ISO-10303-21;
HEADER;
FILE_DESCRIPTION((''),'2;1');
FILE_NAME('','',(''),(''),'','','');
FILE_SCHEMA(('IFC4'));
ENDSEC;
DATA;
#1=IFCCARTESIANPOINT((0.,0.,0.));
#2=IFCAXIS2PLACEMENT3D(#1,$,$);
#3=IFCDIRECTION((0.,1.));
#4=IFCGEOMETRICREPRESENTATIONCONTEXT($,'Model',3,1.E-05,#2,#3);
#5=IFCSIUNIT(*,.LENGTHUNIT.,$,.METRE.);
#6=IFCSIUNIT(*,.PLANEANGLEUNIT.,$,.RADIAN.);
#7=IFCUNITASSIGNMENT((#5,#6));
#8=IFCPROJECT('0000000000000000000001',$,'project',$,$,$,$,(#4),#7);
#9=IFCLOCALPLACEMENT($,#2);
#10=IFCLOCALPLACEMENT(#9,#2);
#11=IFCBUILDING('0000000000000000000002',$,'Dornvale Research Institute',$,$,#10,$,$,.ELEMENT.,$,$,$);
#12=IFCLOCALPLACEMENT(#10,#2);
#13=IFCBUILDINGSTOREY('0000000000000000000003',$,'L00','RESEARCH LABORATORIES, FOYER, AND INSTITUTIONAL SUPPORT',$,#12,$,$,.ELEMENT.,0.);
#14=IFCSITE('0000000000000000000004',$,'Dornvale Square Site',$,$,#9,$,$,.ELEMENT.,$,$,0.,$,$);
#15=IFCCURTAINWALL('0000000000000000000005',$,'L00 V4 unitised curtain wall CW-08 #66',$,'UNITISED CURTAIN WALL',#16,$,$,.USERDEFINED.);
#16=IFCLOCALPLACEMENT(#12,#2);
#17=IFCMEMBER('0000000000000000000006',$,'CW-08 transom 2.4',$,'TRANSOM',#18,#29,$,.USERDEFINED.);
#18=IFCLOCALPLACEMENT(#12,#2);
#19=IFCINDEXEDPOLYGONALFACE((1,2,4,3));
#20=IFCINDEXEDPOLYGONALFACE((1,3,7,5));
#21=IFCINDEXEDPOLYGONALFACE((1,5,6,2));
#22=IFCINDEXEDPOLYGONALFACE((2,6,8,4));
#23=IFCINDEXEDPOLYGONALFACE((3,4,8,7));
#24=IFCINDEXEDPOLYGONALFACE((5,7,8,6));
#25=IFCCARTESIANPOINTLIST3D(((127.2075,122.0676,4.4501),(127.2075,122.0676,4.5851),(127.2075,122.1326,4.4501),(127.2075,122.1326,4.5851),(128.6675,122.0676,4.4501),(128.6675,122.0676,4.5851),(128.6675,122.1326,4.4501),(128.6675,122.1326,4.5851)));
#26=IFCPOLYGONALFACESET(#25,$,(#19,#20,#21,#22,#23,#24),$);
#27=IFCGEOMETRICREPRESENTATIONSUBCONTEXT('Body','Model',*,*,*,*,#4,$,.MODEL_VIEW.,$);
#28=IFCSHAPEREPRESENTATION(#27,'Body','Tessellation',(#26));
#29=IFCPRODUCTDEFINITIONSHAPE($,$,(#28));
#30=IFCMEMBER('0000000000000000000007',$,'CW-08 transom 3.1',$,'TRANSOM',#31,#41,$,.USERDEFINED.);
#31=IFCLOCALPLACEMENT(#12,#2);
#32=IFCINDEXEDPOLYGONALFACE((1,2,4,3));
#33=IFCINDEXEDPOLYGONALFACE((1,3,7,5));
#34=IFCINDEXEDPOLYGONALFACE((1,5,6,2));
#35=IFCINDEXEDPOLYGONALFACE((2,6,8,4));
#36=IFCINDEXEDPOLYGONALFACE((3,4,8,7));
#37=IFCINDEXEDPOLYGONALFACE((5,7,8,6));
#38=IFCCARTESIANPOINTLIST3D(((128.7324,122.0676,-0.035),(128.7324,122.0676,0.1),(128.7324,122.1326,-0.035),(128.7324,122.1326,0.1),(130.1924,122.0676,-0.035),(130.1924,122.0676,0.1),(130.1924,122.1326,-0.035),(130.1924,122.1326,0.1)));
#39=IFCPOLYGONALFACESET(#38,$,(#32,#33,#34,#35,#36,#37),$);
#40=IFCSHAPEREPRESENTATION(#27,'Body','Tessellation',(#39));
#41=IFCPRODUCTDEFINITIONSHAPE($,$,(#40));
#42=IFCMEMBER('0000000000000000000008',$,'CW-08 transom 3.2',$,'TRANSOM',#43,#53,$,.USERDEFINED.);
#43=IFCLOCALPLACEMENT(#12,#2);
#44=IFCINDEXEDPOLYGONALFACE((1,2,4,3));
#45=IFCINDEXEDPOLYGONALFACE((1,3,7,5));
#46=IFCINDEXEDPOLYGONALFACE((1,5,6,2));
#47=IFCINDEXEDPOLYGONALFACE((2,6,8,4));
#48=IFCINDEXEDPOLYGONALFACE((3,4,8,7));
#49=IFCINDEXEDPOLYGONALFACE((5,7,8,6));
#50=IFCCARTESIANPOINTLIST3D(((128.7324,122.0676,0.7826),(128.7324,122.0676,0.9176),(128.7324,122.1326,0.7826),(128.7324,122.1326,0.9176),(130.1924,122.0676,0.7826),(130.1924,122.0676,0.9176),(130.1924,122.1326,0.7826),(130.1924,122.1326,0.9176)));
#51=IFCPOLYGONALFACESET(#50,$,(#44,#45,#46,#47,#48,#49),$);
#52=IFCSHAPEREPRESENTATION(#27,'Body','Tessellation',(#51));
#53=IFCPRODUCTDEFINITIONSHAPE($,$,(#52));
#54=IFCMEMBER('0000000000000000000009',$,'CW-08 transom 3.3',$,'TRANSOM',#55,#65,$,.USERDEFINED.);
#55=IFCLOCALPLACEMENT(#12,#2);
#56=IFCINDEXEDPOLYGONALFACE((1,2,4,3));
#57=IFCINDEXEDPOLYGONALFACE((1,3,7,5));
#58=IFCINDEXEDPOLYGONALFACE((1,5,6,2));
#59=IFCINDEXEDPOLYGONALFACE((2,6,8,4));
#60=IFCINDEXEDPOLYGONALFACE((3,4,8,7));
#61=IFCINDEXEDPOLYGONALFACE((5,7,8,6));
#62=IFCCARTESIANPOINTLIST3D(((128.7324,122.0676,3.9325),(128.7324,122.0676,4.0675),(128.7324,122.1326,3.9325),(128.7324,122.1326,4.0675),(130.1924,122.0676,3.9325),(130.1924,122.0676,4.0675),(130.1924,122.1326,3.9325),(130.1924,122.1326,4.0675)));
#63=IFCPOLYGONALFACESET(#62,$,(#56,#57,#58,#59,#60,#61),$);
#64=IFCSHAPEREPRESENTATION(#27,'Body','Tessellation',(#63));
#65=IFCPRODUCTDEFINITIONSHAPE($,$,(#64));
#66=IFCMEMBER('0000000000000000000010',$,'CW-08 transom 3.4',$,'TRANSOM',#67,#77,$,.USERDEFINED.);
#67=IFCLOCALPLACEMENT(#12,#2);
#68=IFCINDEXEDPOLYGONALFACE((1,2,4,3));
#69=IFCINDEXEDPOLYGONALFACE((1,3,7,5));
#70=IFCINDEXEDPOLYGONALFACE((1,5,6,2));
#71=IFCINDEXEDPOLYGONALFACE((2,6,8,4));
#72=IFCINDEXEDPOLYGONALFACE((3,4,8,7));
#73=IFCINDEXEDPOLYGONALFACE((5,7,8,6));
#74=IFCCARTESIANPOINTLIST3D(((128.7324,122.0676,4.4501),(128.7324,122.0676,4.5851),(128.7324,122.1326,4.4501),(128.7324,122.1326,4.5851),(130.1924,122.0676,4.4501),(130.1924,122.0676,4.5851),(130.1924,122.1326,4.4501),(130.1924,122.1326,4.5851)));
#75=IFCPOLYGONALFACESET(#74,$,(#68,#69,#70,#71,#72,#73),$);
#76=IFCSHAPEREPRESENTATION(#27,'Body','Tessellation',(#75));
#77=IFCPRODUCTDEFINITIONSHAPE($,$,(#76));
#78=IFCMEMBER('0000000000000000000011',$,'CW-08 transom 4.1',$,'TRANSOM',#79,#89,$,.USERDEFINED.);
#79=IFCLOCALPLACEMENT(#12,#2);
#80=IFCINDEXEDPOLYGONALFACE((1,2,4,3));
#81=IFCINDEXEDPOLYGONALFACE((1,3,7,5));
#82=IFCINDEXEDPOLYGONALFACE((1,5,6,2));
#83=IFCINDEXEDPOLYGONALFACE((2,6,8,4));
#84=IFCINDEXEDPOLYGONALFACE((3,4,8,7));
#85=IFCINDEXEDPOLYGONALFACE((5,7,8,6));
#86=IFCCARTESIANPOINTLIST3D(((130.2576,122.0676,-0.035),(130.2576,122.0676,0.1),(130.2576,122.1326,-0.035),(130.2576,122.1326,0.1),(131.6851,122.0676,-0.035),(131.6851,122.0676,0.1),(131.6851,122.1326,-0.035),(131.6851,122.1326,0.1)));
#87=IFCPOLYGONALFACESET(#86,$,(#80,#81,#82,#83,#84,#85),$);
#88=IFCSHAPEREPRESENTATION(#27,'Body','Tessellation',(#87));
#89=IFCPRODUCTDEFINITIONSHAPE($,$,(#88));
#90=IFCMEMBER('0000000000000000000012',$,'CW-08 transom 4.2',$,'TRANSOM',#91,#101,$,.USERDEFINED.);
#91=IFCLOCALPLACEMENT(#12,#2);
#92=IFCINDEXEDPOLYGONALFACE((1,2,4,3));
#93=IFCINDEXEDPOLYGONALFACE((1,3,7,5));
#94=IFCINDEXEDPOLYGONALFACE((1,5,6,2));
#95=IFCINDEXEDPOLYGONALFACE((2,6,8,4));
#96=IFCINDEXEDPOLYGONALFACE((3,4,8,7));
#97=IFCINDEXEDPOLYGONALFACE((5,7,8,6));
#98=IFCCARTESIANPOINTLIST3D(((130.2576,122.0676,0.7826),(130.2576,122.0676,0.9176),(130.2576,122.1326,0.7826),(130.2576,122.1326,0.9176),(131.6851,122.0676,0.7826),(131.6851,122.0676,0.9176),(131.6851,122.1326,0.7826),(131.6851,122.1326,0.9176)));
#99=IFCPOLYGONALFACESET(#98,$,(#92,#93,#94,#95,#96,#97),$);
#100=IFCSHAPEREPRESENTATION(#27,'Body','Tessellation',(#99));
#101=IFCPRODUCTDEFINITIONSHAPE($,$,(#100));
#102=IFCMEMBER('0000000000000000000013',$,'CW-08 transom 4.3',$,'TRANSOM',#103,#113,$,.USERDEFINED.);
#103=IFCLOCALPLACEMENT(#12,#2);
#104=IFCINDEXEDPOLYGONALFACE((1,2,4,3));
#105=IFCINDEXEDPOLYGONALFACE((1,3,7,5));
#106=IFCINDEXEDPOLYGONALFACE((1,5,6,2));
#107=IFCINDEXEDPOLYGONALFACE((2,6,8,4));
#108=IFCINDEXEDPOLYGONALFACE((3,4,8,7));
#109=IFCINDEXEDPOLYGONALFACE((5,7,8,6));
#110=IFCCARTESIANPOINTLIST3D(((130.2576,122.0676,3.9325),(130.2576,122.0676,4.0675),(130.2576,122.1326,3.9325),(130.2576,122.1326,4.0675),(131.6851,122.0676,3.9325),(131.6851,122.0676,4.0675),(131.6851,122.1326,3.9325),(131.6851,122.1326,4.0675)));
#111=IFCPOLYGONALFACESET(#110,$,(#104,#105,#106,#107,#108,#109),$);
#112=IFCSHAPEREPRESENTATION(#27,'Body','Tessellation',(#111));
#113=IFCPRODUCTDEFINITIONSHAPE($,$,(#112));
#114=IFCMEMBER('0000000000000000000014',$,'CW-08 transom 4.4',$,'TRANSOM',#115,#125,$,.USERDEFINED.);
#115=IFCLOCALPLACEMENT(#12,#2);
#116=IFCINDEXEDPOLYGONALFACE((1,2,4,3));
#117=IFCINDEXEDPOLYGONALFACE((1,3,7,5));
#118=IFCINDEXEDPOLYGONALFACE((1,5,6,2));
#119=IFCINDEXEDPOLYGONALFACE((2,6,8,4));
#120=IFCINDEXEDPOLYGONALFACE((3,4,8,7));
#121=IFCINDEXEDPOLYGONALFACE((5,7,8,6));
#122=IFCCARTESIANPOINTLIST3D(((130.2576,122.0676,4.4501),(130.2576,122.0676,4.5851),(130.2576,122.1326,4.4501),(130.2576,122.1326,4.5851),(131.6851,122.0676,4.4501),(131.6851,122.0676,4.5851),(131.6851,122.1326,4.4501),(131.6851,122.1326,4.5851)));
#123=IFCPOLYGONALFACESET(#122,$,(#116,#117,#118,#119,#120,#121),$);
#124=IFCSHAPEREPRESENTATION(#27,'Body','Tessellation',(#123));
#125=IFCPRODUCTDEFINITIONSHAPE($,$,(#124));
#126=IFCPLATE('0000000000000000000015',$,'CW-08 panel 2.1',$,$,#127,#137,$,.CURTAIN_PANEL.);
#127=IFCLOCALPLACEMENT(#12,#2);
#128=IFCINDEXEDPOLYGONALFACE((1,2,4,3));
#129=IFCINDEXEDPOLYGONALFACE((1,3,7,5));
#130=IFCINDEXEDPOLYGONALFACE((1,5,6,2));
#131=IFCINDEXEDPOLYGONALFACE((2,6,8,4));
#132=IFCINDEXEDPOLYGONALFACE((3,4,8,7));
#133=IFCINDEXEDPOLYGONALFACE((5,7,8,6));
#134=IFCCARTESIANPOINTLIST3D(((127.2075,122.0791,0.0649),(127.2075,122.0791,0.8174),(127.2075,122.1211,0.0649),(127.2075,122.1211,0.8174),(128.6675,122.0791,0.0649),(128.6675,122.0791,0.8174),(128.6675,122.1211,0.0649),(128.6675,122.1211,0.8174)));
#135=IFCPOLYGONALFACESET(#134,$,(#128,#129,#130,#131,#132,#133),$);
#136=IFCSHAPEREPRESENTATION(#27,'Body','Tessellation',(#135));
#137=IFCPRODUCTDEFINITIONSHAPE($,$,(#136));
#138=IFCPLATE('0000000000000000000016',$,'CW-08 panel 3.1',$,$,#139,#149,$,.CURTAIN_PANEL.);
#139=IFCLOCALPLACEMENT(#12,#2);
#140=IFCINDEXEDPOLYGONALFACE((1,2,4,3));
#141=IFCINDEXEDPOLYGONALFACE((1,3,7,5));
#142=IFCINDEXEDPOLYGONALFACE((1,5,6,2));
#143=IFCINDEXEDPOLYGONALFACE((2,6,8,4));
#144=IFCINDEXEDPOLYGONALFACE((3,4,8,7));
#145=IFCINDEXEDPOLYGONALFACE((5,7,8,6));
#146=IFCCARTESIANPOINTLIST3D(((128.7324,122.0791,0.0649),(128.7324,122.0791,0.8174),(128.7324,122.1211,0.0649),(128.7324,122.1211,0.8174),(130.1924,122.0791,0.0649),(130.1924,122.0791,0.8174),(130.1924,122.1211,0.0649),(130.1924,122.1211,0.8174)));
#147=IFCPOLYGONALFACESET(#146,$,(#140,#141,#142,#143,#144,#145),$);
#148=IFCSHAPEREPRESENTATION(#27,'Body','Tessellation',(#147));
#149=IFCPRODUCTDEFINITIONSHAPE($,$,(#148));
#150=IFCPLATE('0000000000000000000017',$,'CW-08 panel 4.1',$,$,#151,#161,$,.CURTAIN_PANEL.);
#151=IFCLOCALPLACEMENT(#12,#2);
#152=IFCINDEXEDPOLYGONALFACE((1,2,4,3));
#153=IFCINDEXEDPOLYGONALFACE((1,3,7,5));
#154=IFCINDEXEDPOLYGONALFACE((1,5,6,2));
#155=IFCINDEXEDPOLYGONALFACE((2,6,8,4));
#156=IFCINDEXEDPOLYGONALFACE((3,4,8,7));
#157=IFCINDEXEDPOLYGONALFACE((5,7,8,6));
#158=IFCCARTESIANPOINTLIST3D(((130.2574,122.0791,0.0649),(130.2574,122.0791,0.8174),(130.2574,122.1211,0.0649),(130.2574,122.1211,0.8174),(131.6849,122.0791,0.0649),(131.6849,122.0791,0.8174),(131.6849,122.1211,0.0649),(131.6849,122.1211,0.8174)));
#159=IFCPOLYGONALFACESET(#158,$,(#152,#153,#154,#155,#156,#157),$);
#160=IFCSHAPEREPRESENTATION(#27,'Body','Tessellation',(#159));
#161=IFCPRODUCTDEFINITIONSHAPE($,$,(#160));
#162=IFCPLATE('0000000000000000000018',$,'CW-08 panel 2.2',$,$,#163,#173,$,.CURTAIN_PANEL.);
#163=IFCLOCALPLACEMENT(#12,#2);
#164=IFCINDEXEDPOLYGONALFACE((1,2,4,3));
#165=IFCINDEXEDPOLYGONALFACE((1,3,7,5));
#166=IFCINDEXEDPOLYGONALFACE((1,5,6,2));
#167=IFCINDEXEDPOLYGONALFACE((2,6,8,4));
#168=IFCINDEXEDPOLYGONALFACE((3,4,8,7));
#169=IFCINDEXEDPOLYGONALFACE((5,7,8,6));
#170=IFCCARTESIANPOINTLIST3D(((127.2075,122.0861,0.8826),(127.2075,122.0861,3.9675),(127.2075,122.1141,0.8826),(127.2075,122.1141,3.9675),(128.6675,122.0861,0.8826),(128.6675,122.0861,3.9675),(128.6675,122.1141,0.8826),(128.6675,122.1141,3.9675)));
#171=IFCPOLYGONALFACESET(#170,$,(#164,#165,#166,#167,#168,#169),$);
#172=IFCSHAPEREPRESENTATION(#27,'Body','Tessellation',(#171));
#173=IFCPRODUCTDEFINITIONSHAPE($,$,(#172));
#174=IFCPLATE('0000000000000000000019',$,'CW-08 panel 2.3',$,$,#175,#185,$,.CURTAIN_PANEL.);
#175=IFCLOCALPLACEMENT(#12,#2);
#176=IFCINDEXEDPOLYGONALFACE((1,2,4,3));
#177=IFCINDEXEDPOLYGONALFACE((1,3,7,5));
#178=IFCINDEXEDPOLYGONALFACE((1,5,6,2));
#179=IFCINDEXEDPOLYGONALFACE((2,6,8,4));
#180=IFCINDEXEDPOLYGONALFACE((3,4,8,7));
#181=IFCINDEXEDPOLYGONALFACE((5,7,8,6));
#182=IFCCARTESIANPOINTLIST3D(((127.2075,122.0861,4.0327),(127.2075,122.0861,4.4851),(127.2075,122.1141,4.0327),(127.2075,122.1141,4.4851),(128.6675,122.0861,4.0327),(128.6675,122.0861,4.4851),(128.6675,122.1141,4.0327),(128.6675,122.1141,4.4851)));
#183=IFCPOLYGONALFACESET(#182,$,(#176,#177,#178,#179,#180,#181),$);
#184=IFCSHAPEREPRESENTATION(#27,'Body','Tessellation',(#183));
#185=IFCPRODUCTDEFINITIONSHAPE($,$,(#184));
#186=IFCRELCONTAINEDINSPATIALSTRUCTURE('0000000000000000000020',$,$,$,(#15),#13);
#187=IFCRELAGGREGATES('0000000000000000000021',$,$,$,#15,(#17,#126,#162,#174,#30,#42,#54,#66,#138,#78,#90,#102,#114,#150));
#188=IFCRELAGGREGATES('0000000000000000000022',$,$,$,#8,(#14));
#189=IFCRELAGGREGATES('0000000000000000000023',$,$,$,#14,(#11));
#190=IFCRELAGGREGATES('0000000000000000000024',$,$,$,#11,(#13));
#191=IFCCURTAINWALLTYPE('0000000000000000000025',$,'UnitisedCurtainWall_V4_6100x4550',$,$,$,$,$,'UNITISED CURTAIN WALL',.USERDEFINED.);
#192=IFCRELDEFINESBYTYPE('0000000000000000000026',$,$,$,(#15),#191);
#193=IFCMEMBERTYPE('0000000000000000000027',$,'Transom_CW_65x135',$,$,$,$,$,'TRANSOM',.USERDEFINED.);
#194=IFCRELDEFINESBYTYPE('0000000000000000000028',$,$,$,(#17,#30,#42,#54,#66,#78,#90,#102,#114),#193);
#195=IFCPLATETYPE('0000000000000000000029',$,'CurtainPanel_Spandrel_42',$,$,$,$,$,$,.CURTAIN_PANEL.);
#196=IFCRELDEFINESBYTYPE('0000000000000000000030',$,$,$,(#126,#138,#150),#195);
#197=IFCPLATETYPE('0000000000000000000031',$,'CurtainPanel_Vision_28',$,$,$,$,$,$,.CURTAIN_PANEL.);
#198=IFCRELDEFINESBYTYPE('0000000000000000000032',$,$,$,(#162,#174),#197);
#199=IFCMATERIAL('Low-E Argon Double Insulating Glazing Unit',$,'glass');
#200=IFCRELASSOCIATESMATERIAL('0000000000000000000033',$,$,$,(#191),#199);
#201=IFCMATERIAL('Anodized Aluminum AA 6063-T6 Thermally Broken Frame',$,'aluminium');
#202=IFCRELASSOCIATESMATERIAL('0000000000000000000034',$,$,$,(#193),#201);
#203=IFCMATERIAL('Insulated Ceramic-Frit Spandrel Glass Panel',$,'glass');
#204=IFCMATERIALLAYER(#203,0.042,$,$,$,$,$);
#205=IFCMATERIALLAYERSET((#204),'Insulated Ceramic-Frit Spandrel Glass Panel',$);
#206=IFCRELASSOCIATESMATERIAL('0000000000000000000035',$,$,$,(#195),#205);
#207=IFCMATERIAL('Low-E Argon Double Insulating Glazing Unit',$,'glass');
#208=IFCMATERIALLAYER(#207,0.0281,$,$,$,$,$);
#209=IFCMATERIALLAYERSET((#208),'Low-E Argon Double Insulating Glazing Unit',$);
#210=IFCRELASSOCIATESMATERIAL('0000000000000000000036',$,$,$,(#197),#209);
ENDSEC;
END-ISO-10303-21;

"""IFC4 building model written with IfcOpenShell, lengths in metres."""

from ifc_helpers import new_model, si_unit, direction, frame, origin, origin_2d, place, context, subcontext, project, spatial, rectangle, extrude, material, layer, layer_set, material_profile, profile_set, type_object, element, aggregate, save


model = new_model("IFC4")

# Units and contexts
model_context = context("Model", 3, precision=1e-05, world=origin(), true_north=direction((0.0, 1.0)))
body_context = subcontext(model_context, "Body", "Model", "MODEL_VIEW")
ifc_project = project(units=[si_unit("LENGTHUNIT", "METRE"), si_unit("PLANEANGLEUNIT", "RADIAN")], contexts=[model_context])

# Site, building, storey
site_placement = place(None, origin())
site = spatial("IfcSite", under=ifc_project, at=site_placement, Name="Dornvale Square Site", CompositionType="ELEMENT", RefElevation=0.0)
building_placement = place(site_placement, origin())
building = spatial("IfcBuilding", under=site, at=building_placement, Name="Dornvale Research Institute", CompositionType="ELEMENT")
storey_placement = place(building_placement, origin())
storey = spatial("IfcBuildingStorey", under=building, at=storey_placement, Name="L00", Description="RESEARCH LABORATORIES, FOYER, AND INSTITUTIONAL SUPPORT", CompositionType="ELEMENT", Elevation=0.0)

# Curtain wall, members, plates
ifc_material_1 = material(Name="Low-E Argon Double Insulating Glazing Unit", Category="glass")
curtain_wall_type = type_object("IfcCurtainWallType", Name="UnitisedCurtainWall_V4_6100x4550", ElementType="UNITISED CURTAIN WALL", PredefinedType="USERDEFINED", material=ifc_material_1)
curtain_wall_placement = place(storey_placement, origin())
curtain_wall = element("IfcCurtainWall", 1, at=curtain_wall_placement, inside=storey, type_object=curtain_wall_type, Name="L00 V4 unitised curtain wall CW-08 #66", ObjectType="UNITISED CURTAIN WALL", PredefinedType="USERDEFINED")
ifc_material_2 = material(Name="Anodized Aluminum AA 6063-T6 Thermally Broken Frame", Category="aluminium")
ifc_material_profile_1 = material_profile(ifc_material_2, rectangle(XDim=0.0649, YDim=0.135, at=origin_2d()), Name="ALU TRANSOM 65x135")
ifc_profile_set_1 = profile_set([ifc_material_profile_1], Name="Anodized Aluminum AA 6063-T6 Thermally Broken Frame")
member_type_1 = type_object("IfcMemberType", Name="Transom_CW_65x135", ElementType="TRANSOM", PredefinedType="USERDEFINED", material=ifc_profile_set_1)
member_1_placement = place(storey_placement, frame((127.2075, 122.1001, 4.5176), z_axis=(1.0, 0.0, 0.0), x_axis=(0.0, 1.0, 0.0)))
member_1 = element("IfcMember", 2, at=member_1_placement, type_object=member_type_1, Name="CW-08 transom 2.4", ObjectType="TRANSOM", PredefinedType="USERDEFINED", context=body_context, shape_type="SweptSolid", body=[
    extrude(rectangle(XDim=0.0649, YDim=0.135, at=origin_2d()), origin(), (0.0, 0.0, 1.0), 1.46),
])
member_2_placement = place(storey_placement, frame((128.7324, 122.1001, 0.0325), z_axis=(1.0, 0.0, 0.0), x_axis=(0.0, 1.0, 0.0)))
member_2 = element("IfcMember", 3, at=member_2_placement, type_object=member_type_1, Name="CW-08 transom 3.1", ObjectType="TRANSOM", PredefinedType="USERDEFINED", context=body_context, shape_type="SweptSolid", body=[
    extrude(rectangle(XDim=0.0649, YDim=0.135, at=origin_2d()), origin(), (0.0, 0.0, 1.0), 1.46),
])
member_3_placement = place(storey_placement, frame((128.7324, 122.1001, 0.8501), z_axis=(1.0, 0.0, 0.0), x_axis=(0.0, 1.0, 0.0)))
member_3 = element("IfcMember", 4, at=member_3_placement, type_object=member_type_1, Name="CW-08 transom 3.2", ObjectType="TRANSOM", PredefinedType="USERDEFINED", context=body_context, shape_type="SweptSolid", body=[
    extrude(rectangle(XDim=0.0649, YDim=0.135, at=origin_2d()), origin(), (0.0, 0.0, 1.0), 1.46),
])
member_4_placement = place(storey_placement, frame((128.7324, 122.1001, 4.0), z_axis=(1.0, 0.0, 0.0), x_axis=(0.0, 1.0, 0.0)))
member_4 = element("IfcMember", 5, at=member_4_placement, type_object=member_type_1, Name="CW-08 transom 3.3", ObjectType="TRANSOM", PredefinedType="USERDEFINED", context=body_context, shape_type="SweptSolid", body=[
    extrude(rectangle(XDim=0.0649, YDim=0.135, at=origin_2d()), origin(), (0.0, 0.0, 1.0), 1.46),
])
member_5_placement = place(storey_placement, frame((128.7324, 122.1001, 4.5176), z_axis=(1.0, 0.0, 0.0), x_axis=(0.0, 1.0, 0.0)))
member_5 = element("IfcMember", 6, at=member_5_placement, type_object=member_type_1, Name="CW-08 transom 3.4", ObjectType="TRANSOM", PredefinedType="USERDEFINED", context=body_context, shape_type="SweptSolid", body=[
    extrude(rectangle(XDim=0.0649, YDim=0.135, at=origin_2d()), origin(), (0.0, 0.0, 1.0), 1.46),
])
member_6_placement = place(storey_placement, frame((130.2576, 122.1001, 0.0325), z_axis=(1.0, 0.0, 0.0), x_axis=(0.0, 1.0, 0.0)))
member_6 = element("IfcMember", 7, at=member_6_placement, type_object=member_type_1, Name="CW-08 transom 4.1", ObjectType="TRANSOM", PredefinedType="USERDEFINED", context=body_context, shape_type="SweptSolid", body=[
    extrude(rectangle(XDim=0.0649, YDim=0.135, at=origin_2d()), origin(), (0.0, 0.0, 1.0), 1.4275),
])
member_7_placement = place(storey_placement, frame((130.2576, 122.1001, 0.8501), z_axis=(1.0, 0.0, 0.0), x_axis=(0.0, 1.0, 0.0)))
member_7 = element("IfcMember", 8, at=member_7_placement, type_object=member_type_1, Name="CW-08 transom 4.2", ObjectType="TRANSOM", PredefinedType="USERDEFINED", context=body_context, shape_type="SweptSolid", body=[
    extrude(rectangle(XDim=0.0649, YDim=0.135, at=origin_2d()), origin(), (0.0, 0.0, 1.0), 1.4275),
])
member_8_placement = place(storey_placement, frame((130.2576, 122.1001, 4.0), z_axis=(1.0, 0.0, 0.0), x_axis=(0.0, 1.0, 0.0)))
member_8 = element("IfcMember", 9, at=member_8_placement, type_object=member_type_1, Name="CW-08 transom 4.3", ObjectType="TRANSOM", PredefinedType="USERDEFINED", context=body_context, shape_type="SweptSolid", body=[
    extrude(rectangle(XDim=0.0649, YDim=0.135, at=origin_2d()), origin(), (0.0, 0.0, 1.0), 1.4275),
])
member_9_placement = place(storey_placement, frame((130.2576, 122.1001, 4.5176), z_axis=(1.0, 0.0, 0.0), x_axis=(0.0, 1.0, 0.0)))
member_9 = element("IfcMember", 10, at=member_9_placement, type_object=member_type_1, Name="CW-08 transom 4.4", ObjectType="TRANSOM", PredefinedType="USERDEFINED", context=body_context, shape_type="SweptSolid", body=[
    extrude(rectangle(XDim=0.0649, YDim=0.135, at=origin_2d()), origin(), (0.0, 0.0, 1.0), 1.4275),
])
ifc_material_3 = material(Name="Insulated Ceramic-Frit Spandrel Glass Panel", Category="glass")
ifc_layer_1 = layer(ifc_material_3, 0.042)
ifc_layer_set_1 = layer_set([ifc_layer_1], Name="Insulated Ceramic-Frit Spandrel Glass Panel")
plate_type_1 = type_object("IfcPlateType", Name="CurtainPanel_Spandrel_42", PredefinedType="CURTAIN_PANEL", material=ifc_layer_set_1)
plate_1_placement = place(storey_placement, frame((127.9375, 122.1001, 0.0649), z_axis=(0.0, 0.0, 1.0), x_axis=(1.0, 0.0, 0.0)))
plate_1 = element("IfcPlate", 11, at=plate_1_placement, type_object=plate_type_1, Name="CW-08 panel 2.1", PredefinedType="CURTAIN_PANEL", context=body_context, shape_type="SweptSolid", body=[
    extrude(rectangle(XDim=1.46, YDim=0.042, at=origin_2d()), origin(), (0.0, 0.0, 1.0), 0.7524),
])
plate_2_placement = place(storey_placement, frame((129.4624, 122.1001, 0.0649), z_axis=(0.0, 0.0, 1.0), x_axis=(1.0, 0.0, 0.0)))
plate_2 = element("IfcPlate", 12, at=plate_2_placement, type_object=plate_type_1, Name="CW-08 panel 3.1", PredefinedType="CURTAIN_PANEL", context=body_context, shape_type="SweptSolid", body=[
    extrude(rectangle(XDim=1.46, YDim=0.042, at=origin_2d()), origin(), (0.0, 0.0, 1.0), 0.7524),
])
plate_3_placement = place(storey_placement, frame((130.9712, 122.1001, 0.0649), z_axis=(0.0, 0.0, 1.0), x_axis=(1.0, 0.0, 0.0)))
plate_3 = element("IfcPlate", 13, at=plate_3_placement, type_object=plate_type_1, Name="CW-08 panel 4.1", PredefinedType="CURTAIN_PANEL", context=body_context, shape_type="SweptSolid", body=[
    extrude(rectangle(XDim=1.4275, YDim=0.042, at=origin_2d()), origin(), (0.0, 0.0, 1.0), 0.7524),
])
ifc_material_4 = material(Name="Low-E Argon Double Insulating Glazing Unit", Category="glass")
ifc_layer_2 = layer(ifc_material_4, 0.0281)
ifc_layer_set_2 = layer_set([ifc_layer_2], Name="Low-E Argon Double Insulating Glazing Unit")
plate_type_2 = type_object("IfcPlateType", Name="CurtainPanel_Vision_28", PredefinedType="CURTAIN_PANEL", material=ifc_layer_set_2)
plate_4_placement = place(storey_placement, frame((127.9375, 122.1001, 0.8826), z_axis=(0.0, 0.0, 1.0), x_axis=(1.0, 0.0, 0.0)))
plate_4 = element("IfcPlate", 14, at=plate_4_placement, type_object=plate_type_2, Name="CW-08 panel 2.2", PredefinedType="CURTAIN_PANEL", context=body_context, shape_type="SweptSolid", body=[
    extrude(rectangle(XDim=1.46, YDim=0.0281, at=origin_2d()), origin(), (0.0, 0.0, 1.0), 3.085),
])
plate_5_placement = place(storey_placement, frame((127.9375, 122.1001, 4.0327), z_axis=(0.0, 0.0, 1.0), x_axis=(1.0, 0.0, 0.0)))
plate_5 = element("IfcPlate", 15, at=plate_5_placement, type_object=plate_type_2, Name="CW-08 panel 2.3", PredefinedType="CURTAIN_PANEL", context=body_context, shape_type="SweptSolid", body=[
    extrude(rectangle(XDim=1.46, YDim=0.0281, at=origin_2d()), origin(), (0.0, 0.0, 1.0), 0.4524),
])
aggregate(curtain_wall, [member_1, plate_1, plate_4, plate_5, member_2, member_3, member_4, member_5, plate_2, member_6, member_7, member_8, member_9, plate_3])

save(model, "model.ifc")
